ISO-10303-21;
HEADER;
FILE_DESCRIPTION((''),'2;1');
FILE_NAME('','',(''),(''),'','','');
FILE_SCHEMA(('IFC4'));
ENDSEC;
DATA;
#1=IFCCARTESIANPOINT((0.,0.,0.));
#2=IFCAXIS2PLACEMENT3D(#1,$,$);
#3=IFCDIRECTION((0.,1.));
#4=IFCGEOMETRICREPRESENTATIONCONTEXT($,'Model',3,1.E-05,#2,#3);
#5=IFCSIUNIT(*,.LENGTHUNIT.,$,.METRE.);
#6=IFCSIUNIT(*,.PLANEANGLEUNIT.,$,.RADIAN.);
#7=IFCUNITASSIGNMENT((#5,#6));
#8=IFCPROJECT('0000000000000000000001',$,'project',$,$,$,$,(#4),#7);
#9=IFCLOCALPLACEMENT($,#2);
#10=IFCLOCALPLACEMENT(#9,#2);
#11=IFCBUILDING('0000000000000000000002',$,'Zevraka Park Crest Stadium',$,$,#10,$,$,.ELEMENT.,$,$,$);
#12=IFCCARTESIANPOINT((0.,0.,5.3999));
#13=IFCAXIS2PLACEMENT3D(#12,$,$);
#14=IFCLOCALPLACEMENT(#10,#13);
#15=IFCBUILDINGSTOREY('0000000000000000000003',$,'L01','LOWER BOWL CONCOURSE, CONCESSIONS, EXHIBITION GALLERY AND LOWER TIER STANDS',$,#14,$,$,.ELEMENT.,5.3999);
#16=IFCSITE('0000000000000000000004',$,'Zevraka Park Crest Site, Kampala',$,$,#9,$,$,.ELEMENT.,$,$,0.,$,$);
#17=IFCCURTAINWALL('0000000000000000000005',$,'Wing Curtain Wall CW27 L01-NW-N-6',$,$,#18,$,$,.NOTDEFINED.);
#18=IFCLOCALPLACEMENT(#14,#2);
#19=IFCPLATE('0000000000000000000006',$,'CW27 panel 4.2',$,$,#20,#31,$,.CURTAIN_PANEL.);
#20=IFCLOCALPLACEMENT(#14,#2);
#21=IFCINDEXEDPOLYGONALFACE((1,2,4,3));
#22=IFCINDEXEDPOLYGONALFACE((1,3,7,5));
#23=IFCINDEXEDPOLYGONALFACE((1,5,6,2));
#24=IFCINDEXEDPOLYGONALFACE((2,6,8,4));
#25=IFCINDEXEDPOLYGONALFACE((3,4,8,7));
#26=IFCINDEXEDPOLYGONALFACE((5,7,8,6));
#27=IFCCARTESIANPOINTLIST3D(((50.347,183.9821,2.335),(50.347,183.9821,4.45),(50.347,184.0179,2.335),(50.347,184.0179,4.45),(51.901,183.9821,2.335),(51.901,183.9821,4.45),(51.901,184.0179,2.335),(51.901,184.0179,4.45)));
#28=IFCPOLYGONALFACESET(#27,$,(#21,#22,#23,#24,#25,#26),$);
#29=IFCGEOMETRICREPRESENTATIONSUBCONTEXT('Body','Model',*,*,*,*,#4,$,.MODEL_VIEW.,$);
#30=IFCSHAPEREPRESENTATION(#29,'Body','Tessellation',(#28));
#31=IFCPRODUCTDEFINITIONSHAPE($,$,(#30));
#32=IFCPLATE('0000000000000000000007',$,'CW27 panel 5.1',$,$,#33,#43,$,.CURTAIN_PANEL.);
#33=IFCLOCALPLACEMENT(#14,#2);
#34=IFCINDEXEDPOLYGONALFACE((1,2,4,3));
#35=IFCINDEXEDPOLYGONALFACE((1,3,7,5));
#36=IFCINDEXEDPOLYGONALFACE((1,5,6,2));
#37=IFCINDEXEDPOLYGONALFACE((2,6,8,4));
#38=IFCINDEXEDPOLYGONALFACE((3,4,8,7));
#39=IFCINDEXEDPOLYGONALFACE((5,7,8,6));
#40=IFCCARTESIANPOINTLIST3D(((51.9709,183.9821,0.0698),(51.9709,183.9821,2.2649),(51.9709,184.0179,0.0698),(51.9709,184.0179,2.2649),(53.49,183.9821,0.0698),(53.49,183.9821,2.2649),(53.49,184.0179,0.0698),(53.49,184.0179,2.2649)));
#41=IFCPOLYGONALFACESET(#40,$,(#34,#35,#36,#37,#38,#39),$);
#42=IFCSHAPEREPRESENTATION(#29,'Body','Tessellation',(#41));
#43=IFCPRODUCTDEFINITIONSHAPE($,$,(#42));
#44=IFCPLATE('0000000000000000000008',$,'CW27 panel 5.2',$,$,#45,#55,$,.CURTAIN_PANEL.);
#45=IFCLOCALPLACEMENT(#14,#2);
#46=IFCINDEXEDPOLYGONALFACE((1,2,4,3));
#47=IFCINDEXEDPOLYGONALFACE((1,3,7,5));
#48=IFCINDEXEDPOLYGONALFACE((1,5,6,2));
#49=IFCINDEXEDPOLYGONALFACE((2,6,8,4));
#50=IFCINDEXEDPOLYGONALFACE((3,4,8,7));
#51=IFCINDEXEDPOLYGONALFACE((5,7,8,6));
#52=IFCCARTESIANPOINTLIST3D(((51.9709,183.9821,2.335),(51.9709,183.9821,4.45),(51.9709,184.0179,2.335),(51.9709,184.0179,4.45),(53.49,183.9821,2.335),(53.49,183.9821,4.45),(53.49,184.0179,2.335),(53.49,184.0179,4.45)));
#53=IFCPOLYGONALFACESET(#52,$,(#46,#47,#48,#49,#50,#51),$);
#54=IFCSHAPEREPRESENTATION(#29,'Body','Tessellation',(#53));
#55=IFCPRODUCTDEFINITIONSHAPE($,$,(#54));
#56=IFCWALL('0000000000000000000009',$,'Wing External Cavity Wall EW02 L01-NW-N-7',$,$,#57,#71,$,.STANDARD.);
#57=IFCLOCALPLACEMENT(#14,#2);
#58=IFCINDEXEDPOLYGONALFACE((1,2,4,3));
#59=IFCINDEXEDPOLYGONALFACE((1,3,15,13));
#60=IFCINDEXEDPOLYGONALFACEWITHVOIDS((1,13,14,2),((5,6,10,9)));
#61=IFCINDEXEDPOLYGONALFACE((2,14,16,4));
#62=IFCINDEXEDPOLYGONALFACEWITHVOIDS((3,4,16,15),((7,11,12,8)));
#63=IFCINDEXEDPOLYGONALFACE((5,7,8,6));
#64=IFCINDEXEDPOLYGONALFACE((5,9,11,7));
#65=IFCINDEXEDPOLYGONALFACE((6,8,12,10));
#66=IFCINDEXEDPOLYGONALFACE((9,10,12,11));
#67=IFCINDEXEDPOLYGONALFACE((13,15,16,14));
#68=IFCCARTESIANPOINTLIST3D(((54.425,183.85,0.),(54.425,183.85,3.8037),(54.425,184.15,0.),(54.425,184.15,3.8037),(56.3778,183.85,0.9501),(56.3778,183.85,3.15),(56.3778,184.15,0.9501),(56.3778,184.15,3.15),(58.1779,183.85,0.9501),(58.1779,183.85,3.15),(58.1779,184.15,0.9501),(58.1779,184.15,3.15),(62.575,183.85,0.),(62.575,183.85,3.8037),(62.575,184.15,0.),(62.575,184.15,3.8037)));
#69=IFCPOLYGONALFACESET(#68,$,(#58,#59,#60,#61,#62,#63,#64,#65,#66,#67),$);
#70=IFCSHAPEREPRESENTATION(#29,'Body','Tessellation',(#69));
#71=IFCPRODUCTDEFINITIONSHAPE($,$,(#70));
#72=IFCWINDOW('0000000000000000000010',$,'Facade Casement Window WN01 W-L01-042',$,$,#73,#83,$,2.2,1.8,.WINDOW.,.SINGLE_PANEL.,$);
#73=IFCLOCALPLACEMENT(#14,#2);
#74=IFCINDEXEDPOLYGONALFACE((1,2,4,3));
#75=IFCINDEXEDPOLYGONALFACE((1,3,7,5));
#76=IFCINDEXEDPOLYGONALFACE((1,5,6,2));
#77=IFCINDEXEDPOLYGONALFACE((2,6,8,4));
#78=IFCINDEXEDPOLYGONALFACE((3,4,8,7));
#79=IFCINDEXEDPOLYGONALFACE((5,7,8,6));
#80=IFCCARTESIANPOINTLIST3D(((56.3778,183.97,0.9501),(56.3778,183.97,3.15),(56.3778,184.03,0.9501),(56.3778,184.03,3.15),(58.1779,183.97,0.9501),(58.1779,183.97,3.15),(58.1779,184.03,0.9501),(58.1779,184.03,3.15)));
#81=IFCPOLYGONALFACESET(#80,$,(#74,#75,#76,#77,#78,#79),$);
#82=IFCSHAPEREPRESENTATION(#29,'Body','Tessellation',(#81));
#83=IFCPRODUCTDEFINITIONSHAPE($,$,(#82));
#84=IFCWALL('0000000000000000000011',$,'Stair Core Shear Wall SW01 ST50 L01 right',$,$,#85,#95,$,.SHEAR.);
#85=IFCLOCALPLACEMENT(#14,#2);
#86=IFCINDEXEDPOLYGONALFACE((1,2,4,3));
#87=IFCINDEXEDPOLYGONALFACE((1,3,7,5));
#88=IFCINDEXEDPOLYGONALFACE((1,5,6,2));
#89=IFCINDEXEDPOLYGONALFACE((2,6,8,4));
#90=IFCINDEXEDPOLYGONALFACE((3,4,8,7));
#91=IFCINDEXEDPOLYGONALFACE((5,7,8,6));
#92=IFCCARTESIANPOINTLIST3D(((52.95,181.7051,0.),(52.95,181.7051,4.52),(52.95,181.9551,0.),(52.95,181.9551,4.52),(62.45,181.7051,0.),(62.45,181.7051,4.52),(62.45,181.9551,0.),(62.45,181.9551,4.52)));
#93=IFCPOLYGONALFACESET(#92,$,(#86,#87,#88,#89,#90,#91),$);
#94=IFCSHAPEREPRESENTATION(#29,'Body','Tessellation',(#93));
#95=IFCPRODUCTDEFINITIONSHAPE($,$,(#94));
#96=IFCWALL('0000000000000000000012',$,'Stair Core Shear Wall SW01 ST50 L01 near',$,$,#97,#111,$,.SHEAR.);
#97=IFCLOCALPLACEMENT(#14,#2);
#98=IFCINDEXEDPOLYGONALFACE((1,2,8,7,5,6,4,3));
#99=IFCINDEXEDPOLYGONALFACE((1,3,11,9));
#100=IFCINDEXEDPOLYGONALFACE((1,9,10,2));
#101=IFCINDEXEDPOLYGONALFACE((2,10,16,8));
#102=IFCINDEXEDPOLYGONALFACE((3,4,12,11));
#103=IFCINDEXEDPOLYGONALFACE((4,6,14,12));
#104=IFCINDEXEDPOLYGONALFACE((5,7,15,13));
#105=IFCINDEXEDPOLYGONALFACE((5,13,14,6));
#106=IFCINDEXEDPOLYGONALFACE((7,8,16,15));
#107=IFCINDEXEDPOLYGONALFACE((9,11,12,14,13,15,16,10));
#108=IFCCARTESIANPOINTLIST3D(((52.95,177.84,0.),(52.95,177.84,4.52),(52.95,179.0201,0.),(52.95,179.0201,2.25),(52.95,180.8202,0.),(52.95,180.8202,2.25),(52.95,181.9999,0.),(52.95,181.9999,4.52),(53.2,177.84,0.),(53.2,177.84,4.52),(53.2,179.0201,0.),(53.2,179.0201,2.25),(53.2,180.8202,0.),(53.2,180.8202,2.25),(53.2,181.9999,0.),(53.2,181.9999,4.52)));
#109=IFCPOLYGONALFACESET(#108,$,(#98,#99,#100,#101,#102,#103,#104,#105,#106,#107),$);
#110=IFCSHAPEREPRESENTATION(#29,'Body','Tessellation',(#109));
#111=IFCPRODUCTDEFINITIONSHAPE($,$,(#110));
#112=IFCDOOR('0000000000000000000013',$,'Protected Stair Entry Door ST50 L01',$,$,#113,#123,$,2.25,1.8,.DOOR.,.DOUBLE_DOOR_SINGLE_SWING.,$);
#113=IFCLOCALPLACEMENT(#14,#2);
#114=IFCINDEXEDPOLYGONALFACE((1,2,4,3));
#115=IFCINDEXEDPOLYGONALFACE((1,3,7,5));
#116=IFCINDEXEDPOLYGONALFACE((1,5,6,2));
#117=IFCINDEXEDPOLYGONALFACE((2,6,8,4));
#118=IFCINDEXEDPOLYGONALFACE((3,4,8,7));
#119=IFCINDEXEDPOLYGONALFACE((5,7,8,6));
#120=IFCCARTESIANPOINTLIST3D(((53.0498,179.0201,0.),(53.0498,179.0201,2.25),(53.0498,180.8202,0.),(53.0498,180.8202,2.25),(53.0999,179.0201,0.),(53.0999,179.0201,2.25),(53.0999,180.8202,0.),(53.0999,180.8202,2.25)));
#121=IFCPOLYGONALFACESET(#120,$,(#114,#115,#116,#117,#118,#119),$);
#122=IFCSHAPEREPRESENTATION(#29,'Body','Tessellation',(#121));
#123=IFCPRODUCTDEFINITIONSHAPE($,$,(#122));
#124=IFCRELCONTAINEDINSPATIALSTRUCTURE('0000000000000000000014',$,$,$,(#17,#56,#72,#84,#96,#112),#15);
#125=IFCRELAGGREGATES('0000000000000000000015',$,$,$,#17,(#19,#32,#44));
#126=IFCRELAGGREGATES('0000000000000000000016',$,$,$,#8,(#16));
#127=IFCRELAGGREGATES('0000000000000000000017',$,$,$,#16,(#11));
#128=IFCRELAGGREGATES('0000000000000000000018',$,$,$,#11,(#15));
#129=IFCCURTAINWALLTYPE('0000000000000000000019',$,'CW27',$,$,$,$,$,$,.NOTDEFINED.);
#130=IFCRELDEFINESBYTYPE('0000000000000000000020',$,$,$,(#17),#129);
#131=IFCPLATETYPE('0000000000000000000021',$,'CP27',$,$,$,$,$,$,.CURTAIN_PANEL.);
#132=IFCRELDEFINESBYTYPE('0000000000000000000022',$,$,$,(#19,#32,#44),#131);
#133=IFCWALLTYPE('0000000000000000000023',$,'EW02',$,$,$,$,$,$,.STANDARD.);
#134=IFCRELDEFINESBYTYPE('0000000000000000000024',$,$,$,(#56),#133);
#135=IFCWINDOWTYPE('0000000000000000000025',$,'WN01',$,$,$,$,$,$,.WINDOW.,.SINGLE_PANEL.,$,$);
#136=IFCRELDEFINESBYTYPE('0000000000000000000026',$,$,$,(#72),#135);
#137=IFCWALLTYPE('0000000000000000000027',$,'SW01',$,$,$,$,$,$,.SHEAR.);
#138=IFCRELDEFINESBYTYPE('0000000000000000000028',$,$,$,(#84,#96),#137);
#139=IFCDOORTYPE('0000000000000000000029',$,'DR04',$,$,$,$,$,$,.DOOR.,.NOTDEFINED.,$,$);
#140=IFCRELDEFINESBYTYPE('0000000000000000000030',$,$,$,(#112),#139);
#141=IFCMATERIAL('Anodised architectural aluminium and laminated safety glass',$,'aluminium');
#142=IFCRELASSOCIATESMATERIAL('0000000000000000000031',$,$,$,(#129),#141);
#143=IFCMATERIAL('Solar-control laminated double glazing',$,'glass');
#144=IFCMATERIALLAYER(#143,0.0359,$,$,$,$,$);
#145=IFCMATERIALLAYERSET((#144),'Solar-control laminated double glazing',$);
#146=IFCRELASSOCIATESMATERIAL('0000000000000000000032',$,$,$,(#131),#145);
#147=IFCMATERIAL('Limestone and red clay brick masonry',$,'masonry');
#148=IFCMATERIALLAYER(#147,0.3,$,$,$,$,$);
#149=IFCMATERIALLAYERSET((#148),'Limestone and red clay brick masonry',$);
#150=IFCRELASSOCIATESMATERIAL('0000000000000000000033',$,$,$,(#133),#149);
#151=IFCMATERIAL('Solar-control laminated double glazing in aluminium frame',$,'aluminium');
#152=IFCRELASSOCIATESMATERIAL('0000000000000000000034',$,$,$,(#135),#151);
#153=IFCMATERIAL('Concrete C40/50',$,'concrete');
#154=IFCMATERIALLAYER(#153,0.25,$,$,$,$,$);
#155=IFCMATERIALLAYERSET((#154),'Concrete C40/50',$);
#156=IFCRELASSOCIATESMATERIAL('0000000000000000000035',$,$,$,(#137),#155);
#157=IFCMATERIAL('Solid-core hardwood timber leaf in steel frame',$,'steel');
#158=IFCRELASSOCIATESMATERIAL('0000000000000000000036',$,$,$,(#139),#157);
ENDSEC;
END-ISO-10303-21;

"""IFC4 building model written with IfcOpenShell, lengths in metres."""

from ifc_helpers import new_model, si_unit, direction, frame, frame_2d, origin, origin_2d, place, context, subcontext, project, spatial, rectangle, extrude, material, layer, layer_set, type_object, element, fill, aggregate, save


model = new_model("IFC4")

# Units and contexts
model_context = context("Model", 3, precision=1e-05, world=origin(), true_north=direction((0.0, 1.0)))
body_context = subcontext(model_context, "Body", "Model", "MODEL_VIEW")
ifc_project = project(units=[si_unit("LENGTHUNIT", "METRE"), si_unit("PLANEANGLEUNIT", "RADIAN")], contexts=[model_context])

# Site, building, storey
site_placement = place(None, origin())
site = spatial("IfcSite", under=ifc_project, at=site_placement, Name="Zevraka Park Crest Site, Kampala", CompositionType="ELEMENT", RefElevation=0.0)
building_placement = place(site_placement, origin())
building = spatial("IfcBuilding", under=site, at=building_placement, Name="Zevraka Park Crest Stadium", CompositionType="ELEMENT")
storey_placement = place(building_placement, frame((0.0, 0.0, 5.3999)))
storey = spatial("IfcBuildingStorey", under=building, at=storey_placement, Name="L01", Description="LOWER BOWL CONCOURSE, CONCESSIONS, EXHIBITION GALLERY AND LOWER TIER STANDS", CompositionType="ELEMENT", Elevation=5.3999)

# Curtain wall, plates
ifc_material_1 = material(Name="Anodised architectural aluminium and laminated safety glass", Category="aluminium")
curtain_wall_type = type_object("IfcCurtainWallType", Name="CW27", PredefinedType="NOTDEFINED", material=ifc_material_1)
curtain_wall_placement = place(storey_placement, origin())
curtain_wall = element("IfcCurtainWall", 1, at=curtain_wall_placement, inside=storey, type_object=curtain_wall_type, Name="Wing Curtain Wall CW27 L01-NW-N-6", PredefinedType="NOTDEFINED")
ifc_material_2 = material(Name="Solar-control laminated double glazing", Category="glass")
ifc_layer_1 = layer(ifc_material_2, 0.0359)
ifc_layer_set_1 = layer_set([ifc_layer_1], Name="Solar-control laminated double glazing")
plate_type = type_object("IfcPlateType", Name="CP27", PredefinedType="CURTAIN_PANEL", material=ifc_layer_set_1)
plate_1_placement = place(storey_placement, frame((51.124, 184.0, 2.335), z_axis=(0.0, 0.0, 1.0), x_axis=(1.0, 0.0, 0.0)))
plate_1 = element("IfcPlate", 2, at=plate_1_placement, type_object=plate_type, Name="CW27 panel 4.2", PredefinedType="CURTAIN_PANEL", context=body_context, shape_type="SweptSolid", body=[
    extrude(rectangle(XDim=1.554, YDim=0.0359, at=origin_2d()), origin(), (0.0, 0.0, 1.0), 2.115),
])
plate_2_placement = place(storey_placement, frame((52.7305, 184.0, 0.0698), z_axis=(0.0, 0.0, 1.0), x_axis=(1.0, 0.0, 0.0)))
plate_2 = element("IfcPlate", 3, at=plate_2_placement, type_object=plate_type, Name="CW27 panel 5.1", PredefinedType="CURTAIN_PANEL", context=body_context, shape_type="SweptSolid", body=[
    extrude(rectangle(XDim=1.519, YDim=0.0359, at=origin_2d()), origin(), (0.0, 0.0, 1.0), 2.1951),
])
plate_3_placement = place(storey_placement, frame((52.7305, 184.0, 2.335), z_axis=(0.0, 0.0, 1.0), x_axis=(1.0, 0.0, 0.0)))
plate_3 = element("IfcPlate", 4, at=plate_3_placement, type_object=plate_type, Name="CW27 panel 5.2", PredefinedType="CURTAIN_PANEL", context=body_context, shape_type="SweptSolid", body=[
    extrude(rectangle(XDim=1.519, YDim=0.0359, at=origin_2d()), origin(), (0.0, 0.0, 1.0), 2.115),
])
aggregate(curtain_wall, [plate_1, plate_2, plate_3])

# Wall, opening, window
ifc_material_3 = material(Name="Limestone and red clay brick masonry", Category="masonry")
ifc_layer_2 = layer(ifc_material_3, 0.3)
ifc_layer_set_2 = layer_set([ifc_layer_2], Name="Limestone and red clay brick masonry")
wall_type_1 = type_object("IfcWallType", Name="EW02", PredefinedType="STANDARD", material=ifc_layer_set_2)
wall_1_placement = place(storey_placement, frame((54.425, 184.0, 0.0), z_axis=(0.0, 0.0, 1.0), x_axis=(1.0, 0.0, 0.0)))
wall_1 = element("IfcWall", 5, at=wall_1_placement, inside=storey, type_object=wall_type_1, Name="Wing External Cavity Wall EW02 L01-NW-N-7", PredefinedType="STANDARD", context=body_context, shape_type="SweptSolid", body=[
    extrude(rectangle(XDim=8.1499, YDim=0.3, at=frame_2d((4.075, 0.0))), origin(), (0.0, 0.0, 1.0), 3.8037),
])
opening_1_placement = place(wall_1_placement, frame((1.9529, 0.0, 0.95)))
opening_1 = element("IfcOpeningElement", 6, at=opening_1_placement, cuts=wall_1, PredefinedType="OPENING", context=body_context, shape_type="SweptSolid", body=[
    extrude(rectangle(XDim=1.8, YDim=2.2, at=frame_2d((0.8999, 1.1001))), frame((0.0, 0.1599, 0.0), z_axis=(0.0, -1.0, 0.0), x_axis=(1.0, 0.0, 0.0)), (0.0, 0.0, 1.0), 0.3201),
])
ifc_material_4 = material(Name="Solar-control laminated double glazing in aluminium frame", Category="aluminium")
window_type = type_object("IfcWindowType", Name="WN01", PartitioningType="SINGLE_PANEL", PredefinedType="WINDOW", material=ifc_material_4)
window_placement = place(opening_1_placement, origin())
window = element("IfcWindow", 7, at=window_placement, inside=storey, type_object=window_type, Name="Facade Casement Window WN01 W-L01-042", OverallHeight=2.2, OverallWidth=1.8, PartitioningType="SINGLE_PANEL", PredefinedType="WINDOW", context=body_context, shape_type="SweptSolid", body=[
    extrude(rectangle(XDim=1.8, YDim=2.2, at=frame_2d((0.8999, 1.1001))), frame((0.0, 0.03, 0.0), z_axis=(0.0, -1.0, 0.0), x_axis=(1.0, 0.0, 0.0)), (0.0, 0.0, 1.0), 0.0601),
])
fill(opening_1, window)

# Wall
ifc_material_5 = material(Name="Concrete C40/50", Category="concrete")
ifc_layer_3 = layer(ifc_material_5, 0.25)
ifc_layer_set_3 = layer_set([ifc_layer_3], Name="Concrete C40/50")
wall_type_2 = type_object("IfcWallType", Name="SW01", PredefinedType="SHEAR", material=ifc_layer_set_3)
wall_2_placement = place(storey_placement, frame((62.45, 181.8301, 0.0), z_axis=(0.0, 0.0, 1.0), x_axis=(-1.0, 0.0, 0.0)))
element("IfcWall", 8, at=wall_2_placement, inside=storey, type_object=wall_type_2, Name="Stair Core Shear Wall SW01 ST50 L01 right", PredefinedType="SHEAR", context=body_context, shape_type="SweptSolid", body=[
    extrude(rectangle(XDim=9.5, YDim=0.25, at=frame_2d((4.75, 0.0))), origin(), (0.0, 0.0, 1.0), 4.52),
])

# Wall, opening, door
wall_3_placement = place(storey_placement, frame((53.075, 182.0, 0.0), z_axis=(0.0, 0.0, 1.0), x_axis=(0.0, -1.0, 0.0)))
wall_3 = element("IfcWall", 9, at=wall_3_placement, inside=storey, type_object=wall_type_2, Name="Stair Core Shear Wall SW01 ST50 L01 near", PredefinedType="SHEAR", context=body_context, shape_type="SweptSolid", body=[
    extrude(rectangle(XDim=4.1599, YDim=0.25, at=frame_2d((2.0801, 0.0))), origin(), (0.0, 0.0, 1.0), 4.52),
])
opening_2_placement = place(wall_3_placement, frame((1.1799, 0.0, 0.0)))
opening_2 = element("IfcOpeningElement", 10, at=opening_2_placement, cuts=wall_3, PredefinedType="OPENING", context=body_context, shape_type="SweptSolid", body=[
    extrude(rectangle(XDim=1.8, YDim=2.25, at=frame_2d((0.8999, 1.125))), frame((0.0, 0.135, 0.0), z_axis=(0.0, -1.0, 0.0), x_axis=(1.0, 0.0, 0.0)), (0.0, 0.0, 1.0), 0.27),
])
ifc_material_6 = material(Name="Solid-core hardwood timber leaf in steel frame", Category="steel")
door_type = type_object("IfcDoorType", Name="DR04", OperationType="NOTDEFINED", PredefinedType="DOOR", material=ifc_material_6)
door_placement = place(opening_2_placement, origin())
door = element("IfcDoor", 11, at=door_placement, inside=storey, type_object=door_type, Name="Protected Stair Entry Door ST50 L01", OperationType="DOUBLE_DOOR_SINGLE_SWING", OverallHeight=2.25, OverallWidth=1.8, PredefinedType="DOOR", context=body_context, shape_type="SweptSolid", body=[
    extrude(rectangle(XDim=1.8, YDim=2.25, at=frame_2d((0.8999, 1.125))), frame((0.0, 0.0249, 0.0), z_axis=(0.0, -1.0, 0.0), x_axis=(1.0, 0.0, 0.0)), (0.0, 0.0, 1.0), 0.05),
])
fill(opening_2, door)

save(model, "model.ifc")
